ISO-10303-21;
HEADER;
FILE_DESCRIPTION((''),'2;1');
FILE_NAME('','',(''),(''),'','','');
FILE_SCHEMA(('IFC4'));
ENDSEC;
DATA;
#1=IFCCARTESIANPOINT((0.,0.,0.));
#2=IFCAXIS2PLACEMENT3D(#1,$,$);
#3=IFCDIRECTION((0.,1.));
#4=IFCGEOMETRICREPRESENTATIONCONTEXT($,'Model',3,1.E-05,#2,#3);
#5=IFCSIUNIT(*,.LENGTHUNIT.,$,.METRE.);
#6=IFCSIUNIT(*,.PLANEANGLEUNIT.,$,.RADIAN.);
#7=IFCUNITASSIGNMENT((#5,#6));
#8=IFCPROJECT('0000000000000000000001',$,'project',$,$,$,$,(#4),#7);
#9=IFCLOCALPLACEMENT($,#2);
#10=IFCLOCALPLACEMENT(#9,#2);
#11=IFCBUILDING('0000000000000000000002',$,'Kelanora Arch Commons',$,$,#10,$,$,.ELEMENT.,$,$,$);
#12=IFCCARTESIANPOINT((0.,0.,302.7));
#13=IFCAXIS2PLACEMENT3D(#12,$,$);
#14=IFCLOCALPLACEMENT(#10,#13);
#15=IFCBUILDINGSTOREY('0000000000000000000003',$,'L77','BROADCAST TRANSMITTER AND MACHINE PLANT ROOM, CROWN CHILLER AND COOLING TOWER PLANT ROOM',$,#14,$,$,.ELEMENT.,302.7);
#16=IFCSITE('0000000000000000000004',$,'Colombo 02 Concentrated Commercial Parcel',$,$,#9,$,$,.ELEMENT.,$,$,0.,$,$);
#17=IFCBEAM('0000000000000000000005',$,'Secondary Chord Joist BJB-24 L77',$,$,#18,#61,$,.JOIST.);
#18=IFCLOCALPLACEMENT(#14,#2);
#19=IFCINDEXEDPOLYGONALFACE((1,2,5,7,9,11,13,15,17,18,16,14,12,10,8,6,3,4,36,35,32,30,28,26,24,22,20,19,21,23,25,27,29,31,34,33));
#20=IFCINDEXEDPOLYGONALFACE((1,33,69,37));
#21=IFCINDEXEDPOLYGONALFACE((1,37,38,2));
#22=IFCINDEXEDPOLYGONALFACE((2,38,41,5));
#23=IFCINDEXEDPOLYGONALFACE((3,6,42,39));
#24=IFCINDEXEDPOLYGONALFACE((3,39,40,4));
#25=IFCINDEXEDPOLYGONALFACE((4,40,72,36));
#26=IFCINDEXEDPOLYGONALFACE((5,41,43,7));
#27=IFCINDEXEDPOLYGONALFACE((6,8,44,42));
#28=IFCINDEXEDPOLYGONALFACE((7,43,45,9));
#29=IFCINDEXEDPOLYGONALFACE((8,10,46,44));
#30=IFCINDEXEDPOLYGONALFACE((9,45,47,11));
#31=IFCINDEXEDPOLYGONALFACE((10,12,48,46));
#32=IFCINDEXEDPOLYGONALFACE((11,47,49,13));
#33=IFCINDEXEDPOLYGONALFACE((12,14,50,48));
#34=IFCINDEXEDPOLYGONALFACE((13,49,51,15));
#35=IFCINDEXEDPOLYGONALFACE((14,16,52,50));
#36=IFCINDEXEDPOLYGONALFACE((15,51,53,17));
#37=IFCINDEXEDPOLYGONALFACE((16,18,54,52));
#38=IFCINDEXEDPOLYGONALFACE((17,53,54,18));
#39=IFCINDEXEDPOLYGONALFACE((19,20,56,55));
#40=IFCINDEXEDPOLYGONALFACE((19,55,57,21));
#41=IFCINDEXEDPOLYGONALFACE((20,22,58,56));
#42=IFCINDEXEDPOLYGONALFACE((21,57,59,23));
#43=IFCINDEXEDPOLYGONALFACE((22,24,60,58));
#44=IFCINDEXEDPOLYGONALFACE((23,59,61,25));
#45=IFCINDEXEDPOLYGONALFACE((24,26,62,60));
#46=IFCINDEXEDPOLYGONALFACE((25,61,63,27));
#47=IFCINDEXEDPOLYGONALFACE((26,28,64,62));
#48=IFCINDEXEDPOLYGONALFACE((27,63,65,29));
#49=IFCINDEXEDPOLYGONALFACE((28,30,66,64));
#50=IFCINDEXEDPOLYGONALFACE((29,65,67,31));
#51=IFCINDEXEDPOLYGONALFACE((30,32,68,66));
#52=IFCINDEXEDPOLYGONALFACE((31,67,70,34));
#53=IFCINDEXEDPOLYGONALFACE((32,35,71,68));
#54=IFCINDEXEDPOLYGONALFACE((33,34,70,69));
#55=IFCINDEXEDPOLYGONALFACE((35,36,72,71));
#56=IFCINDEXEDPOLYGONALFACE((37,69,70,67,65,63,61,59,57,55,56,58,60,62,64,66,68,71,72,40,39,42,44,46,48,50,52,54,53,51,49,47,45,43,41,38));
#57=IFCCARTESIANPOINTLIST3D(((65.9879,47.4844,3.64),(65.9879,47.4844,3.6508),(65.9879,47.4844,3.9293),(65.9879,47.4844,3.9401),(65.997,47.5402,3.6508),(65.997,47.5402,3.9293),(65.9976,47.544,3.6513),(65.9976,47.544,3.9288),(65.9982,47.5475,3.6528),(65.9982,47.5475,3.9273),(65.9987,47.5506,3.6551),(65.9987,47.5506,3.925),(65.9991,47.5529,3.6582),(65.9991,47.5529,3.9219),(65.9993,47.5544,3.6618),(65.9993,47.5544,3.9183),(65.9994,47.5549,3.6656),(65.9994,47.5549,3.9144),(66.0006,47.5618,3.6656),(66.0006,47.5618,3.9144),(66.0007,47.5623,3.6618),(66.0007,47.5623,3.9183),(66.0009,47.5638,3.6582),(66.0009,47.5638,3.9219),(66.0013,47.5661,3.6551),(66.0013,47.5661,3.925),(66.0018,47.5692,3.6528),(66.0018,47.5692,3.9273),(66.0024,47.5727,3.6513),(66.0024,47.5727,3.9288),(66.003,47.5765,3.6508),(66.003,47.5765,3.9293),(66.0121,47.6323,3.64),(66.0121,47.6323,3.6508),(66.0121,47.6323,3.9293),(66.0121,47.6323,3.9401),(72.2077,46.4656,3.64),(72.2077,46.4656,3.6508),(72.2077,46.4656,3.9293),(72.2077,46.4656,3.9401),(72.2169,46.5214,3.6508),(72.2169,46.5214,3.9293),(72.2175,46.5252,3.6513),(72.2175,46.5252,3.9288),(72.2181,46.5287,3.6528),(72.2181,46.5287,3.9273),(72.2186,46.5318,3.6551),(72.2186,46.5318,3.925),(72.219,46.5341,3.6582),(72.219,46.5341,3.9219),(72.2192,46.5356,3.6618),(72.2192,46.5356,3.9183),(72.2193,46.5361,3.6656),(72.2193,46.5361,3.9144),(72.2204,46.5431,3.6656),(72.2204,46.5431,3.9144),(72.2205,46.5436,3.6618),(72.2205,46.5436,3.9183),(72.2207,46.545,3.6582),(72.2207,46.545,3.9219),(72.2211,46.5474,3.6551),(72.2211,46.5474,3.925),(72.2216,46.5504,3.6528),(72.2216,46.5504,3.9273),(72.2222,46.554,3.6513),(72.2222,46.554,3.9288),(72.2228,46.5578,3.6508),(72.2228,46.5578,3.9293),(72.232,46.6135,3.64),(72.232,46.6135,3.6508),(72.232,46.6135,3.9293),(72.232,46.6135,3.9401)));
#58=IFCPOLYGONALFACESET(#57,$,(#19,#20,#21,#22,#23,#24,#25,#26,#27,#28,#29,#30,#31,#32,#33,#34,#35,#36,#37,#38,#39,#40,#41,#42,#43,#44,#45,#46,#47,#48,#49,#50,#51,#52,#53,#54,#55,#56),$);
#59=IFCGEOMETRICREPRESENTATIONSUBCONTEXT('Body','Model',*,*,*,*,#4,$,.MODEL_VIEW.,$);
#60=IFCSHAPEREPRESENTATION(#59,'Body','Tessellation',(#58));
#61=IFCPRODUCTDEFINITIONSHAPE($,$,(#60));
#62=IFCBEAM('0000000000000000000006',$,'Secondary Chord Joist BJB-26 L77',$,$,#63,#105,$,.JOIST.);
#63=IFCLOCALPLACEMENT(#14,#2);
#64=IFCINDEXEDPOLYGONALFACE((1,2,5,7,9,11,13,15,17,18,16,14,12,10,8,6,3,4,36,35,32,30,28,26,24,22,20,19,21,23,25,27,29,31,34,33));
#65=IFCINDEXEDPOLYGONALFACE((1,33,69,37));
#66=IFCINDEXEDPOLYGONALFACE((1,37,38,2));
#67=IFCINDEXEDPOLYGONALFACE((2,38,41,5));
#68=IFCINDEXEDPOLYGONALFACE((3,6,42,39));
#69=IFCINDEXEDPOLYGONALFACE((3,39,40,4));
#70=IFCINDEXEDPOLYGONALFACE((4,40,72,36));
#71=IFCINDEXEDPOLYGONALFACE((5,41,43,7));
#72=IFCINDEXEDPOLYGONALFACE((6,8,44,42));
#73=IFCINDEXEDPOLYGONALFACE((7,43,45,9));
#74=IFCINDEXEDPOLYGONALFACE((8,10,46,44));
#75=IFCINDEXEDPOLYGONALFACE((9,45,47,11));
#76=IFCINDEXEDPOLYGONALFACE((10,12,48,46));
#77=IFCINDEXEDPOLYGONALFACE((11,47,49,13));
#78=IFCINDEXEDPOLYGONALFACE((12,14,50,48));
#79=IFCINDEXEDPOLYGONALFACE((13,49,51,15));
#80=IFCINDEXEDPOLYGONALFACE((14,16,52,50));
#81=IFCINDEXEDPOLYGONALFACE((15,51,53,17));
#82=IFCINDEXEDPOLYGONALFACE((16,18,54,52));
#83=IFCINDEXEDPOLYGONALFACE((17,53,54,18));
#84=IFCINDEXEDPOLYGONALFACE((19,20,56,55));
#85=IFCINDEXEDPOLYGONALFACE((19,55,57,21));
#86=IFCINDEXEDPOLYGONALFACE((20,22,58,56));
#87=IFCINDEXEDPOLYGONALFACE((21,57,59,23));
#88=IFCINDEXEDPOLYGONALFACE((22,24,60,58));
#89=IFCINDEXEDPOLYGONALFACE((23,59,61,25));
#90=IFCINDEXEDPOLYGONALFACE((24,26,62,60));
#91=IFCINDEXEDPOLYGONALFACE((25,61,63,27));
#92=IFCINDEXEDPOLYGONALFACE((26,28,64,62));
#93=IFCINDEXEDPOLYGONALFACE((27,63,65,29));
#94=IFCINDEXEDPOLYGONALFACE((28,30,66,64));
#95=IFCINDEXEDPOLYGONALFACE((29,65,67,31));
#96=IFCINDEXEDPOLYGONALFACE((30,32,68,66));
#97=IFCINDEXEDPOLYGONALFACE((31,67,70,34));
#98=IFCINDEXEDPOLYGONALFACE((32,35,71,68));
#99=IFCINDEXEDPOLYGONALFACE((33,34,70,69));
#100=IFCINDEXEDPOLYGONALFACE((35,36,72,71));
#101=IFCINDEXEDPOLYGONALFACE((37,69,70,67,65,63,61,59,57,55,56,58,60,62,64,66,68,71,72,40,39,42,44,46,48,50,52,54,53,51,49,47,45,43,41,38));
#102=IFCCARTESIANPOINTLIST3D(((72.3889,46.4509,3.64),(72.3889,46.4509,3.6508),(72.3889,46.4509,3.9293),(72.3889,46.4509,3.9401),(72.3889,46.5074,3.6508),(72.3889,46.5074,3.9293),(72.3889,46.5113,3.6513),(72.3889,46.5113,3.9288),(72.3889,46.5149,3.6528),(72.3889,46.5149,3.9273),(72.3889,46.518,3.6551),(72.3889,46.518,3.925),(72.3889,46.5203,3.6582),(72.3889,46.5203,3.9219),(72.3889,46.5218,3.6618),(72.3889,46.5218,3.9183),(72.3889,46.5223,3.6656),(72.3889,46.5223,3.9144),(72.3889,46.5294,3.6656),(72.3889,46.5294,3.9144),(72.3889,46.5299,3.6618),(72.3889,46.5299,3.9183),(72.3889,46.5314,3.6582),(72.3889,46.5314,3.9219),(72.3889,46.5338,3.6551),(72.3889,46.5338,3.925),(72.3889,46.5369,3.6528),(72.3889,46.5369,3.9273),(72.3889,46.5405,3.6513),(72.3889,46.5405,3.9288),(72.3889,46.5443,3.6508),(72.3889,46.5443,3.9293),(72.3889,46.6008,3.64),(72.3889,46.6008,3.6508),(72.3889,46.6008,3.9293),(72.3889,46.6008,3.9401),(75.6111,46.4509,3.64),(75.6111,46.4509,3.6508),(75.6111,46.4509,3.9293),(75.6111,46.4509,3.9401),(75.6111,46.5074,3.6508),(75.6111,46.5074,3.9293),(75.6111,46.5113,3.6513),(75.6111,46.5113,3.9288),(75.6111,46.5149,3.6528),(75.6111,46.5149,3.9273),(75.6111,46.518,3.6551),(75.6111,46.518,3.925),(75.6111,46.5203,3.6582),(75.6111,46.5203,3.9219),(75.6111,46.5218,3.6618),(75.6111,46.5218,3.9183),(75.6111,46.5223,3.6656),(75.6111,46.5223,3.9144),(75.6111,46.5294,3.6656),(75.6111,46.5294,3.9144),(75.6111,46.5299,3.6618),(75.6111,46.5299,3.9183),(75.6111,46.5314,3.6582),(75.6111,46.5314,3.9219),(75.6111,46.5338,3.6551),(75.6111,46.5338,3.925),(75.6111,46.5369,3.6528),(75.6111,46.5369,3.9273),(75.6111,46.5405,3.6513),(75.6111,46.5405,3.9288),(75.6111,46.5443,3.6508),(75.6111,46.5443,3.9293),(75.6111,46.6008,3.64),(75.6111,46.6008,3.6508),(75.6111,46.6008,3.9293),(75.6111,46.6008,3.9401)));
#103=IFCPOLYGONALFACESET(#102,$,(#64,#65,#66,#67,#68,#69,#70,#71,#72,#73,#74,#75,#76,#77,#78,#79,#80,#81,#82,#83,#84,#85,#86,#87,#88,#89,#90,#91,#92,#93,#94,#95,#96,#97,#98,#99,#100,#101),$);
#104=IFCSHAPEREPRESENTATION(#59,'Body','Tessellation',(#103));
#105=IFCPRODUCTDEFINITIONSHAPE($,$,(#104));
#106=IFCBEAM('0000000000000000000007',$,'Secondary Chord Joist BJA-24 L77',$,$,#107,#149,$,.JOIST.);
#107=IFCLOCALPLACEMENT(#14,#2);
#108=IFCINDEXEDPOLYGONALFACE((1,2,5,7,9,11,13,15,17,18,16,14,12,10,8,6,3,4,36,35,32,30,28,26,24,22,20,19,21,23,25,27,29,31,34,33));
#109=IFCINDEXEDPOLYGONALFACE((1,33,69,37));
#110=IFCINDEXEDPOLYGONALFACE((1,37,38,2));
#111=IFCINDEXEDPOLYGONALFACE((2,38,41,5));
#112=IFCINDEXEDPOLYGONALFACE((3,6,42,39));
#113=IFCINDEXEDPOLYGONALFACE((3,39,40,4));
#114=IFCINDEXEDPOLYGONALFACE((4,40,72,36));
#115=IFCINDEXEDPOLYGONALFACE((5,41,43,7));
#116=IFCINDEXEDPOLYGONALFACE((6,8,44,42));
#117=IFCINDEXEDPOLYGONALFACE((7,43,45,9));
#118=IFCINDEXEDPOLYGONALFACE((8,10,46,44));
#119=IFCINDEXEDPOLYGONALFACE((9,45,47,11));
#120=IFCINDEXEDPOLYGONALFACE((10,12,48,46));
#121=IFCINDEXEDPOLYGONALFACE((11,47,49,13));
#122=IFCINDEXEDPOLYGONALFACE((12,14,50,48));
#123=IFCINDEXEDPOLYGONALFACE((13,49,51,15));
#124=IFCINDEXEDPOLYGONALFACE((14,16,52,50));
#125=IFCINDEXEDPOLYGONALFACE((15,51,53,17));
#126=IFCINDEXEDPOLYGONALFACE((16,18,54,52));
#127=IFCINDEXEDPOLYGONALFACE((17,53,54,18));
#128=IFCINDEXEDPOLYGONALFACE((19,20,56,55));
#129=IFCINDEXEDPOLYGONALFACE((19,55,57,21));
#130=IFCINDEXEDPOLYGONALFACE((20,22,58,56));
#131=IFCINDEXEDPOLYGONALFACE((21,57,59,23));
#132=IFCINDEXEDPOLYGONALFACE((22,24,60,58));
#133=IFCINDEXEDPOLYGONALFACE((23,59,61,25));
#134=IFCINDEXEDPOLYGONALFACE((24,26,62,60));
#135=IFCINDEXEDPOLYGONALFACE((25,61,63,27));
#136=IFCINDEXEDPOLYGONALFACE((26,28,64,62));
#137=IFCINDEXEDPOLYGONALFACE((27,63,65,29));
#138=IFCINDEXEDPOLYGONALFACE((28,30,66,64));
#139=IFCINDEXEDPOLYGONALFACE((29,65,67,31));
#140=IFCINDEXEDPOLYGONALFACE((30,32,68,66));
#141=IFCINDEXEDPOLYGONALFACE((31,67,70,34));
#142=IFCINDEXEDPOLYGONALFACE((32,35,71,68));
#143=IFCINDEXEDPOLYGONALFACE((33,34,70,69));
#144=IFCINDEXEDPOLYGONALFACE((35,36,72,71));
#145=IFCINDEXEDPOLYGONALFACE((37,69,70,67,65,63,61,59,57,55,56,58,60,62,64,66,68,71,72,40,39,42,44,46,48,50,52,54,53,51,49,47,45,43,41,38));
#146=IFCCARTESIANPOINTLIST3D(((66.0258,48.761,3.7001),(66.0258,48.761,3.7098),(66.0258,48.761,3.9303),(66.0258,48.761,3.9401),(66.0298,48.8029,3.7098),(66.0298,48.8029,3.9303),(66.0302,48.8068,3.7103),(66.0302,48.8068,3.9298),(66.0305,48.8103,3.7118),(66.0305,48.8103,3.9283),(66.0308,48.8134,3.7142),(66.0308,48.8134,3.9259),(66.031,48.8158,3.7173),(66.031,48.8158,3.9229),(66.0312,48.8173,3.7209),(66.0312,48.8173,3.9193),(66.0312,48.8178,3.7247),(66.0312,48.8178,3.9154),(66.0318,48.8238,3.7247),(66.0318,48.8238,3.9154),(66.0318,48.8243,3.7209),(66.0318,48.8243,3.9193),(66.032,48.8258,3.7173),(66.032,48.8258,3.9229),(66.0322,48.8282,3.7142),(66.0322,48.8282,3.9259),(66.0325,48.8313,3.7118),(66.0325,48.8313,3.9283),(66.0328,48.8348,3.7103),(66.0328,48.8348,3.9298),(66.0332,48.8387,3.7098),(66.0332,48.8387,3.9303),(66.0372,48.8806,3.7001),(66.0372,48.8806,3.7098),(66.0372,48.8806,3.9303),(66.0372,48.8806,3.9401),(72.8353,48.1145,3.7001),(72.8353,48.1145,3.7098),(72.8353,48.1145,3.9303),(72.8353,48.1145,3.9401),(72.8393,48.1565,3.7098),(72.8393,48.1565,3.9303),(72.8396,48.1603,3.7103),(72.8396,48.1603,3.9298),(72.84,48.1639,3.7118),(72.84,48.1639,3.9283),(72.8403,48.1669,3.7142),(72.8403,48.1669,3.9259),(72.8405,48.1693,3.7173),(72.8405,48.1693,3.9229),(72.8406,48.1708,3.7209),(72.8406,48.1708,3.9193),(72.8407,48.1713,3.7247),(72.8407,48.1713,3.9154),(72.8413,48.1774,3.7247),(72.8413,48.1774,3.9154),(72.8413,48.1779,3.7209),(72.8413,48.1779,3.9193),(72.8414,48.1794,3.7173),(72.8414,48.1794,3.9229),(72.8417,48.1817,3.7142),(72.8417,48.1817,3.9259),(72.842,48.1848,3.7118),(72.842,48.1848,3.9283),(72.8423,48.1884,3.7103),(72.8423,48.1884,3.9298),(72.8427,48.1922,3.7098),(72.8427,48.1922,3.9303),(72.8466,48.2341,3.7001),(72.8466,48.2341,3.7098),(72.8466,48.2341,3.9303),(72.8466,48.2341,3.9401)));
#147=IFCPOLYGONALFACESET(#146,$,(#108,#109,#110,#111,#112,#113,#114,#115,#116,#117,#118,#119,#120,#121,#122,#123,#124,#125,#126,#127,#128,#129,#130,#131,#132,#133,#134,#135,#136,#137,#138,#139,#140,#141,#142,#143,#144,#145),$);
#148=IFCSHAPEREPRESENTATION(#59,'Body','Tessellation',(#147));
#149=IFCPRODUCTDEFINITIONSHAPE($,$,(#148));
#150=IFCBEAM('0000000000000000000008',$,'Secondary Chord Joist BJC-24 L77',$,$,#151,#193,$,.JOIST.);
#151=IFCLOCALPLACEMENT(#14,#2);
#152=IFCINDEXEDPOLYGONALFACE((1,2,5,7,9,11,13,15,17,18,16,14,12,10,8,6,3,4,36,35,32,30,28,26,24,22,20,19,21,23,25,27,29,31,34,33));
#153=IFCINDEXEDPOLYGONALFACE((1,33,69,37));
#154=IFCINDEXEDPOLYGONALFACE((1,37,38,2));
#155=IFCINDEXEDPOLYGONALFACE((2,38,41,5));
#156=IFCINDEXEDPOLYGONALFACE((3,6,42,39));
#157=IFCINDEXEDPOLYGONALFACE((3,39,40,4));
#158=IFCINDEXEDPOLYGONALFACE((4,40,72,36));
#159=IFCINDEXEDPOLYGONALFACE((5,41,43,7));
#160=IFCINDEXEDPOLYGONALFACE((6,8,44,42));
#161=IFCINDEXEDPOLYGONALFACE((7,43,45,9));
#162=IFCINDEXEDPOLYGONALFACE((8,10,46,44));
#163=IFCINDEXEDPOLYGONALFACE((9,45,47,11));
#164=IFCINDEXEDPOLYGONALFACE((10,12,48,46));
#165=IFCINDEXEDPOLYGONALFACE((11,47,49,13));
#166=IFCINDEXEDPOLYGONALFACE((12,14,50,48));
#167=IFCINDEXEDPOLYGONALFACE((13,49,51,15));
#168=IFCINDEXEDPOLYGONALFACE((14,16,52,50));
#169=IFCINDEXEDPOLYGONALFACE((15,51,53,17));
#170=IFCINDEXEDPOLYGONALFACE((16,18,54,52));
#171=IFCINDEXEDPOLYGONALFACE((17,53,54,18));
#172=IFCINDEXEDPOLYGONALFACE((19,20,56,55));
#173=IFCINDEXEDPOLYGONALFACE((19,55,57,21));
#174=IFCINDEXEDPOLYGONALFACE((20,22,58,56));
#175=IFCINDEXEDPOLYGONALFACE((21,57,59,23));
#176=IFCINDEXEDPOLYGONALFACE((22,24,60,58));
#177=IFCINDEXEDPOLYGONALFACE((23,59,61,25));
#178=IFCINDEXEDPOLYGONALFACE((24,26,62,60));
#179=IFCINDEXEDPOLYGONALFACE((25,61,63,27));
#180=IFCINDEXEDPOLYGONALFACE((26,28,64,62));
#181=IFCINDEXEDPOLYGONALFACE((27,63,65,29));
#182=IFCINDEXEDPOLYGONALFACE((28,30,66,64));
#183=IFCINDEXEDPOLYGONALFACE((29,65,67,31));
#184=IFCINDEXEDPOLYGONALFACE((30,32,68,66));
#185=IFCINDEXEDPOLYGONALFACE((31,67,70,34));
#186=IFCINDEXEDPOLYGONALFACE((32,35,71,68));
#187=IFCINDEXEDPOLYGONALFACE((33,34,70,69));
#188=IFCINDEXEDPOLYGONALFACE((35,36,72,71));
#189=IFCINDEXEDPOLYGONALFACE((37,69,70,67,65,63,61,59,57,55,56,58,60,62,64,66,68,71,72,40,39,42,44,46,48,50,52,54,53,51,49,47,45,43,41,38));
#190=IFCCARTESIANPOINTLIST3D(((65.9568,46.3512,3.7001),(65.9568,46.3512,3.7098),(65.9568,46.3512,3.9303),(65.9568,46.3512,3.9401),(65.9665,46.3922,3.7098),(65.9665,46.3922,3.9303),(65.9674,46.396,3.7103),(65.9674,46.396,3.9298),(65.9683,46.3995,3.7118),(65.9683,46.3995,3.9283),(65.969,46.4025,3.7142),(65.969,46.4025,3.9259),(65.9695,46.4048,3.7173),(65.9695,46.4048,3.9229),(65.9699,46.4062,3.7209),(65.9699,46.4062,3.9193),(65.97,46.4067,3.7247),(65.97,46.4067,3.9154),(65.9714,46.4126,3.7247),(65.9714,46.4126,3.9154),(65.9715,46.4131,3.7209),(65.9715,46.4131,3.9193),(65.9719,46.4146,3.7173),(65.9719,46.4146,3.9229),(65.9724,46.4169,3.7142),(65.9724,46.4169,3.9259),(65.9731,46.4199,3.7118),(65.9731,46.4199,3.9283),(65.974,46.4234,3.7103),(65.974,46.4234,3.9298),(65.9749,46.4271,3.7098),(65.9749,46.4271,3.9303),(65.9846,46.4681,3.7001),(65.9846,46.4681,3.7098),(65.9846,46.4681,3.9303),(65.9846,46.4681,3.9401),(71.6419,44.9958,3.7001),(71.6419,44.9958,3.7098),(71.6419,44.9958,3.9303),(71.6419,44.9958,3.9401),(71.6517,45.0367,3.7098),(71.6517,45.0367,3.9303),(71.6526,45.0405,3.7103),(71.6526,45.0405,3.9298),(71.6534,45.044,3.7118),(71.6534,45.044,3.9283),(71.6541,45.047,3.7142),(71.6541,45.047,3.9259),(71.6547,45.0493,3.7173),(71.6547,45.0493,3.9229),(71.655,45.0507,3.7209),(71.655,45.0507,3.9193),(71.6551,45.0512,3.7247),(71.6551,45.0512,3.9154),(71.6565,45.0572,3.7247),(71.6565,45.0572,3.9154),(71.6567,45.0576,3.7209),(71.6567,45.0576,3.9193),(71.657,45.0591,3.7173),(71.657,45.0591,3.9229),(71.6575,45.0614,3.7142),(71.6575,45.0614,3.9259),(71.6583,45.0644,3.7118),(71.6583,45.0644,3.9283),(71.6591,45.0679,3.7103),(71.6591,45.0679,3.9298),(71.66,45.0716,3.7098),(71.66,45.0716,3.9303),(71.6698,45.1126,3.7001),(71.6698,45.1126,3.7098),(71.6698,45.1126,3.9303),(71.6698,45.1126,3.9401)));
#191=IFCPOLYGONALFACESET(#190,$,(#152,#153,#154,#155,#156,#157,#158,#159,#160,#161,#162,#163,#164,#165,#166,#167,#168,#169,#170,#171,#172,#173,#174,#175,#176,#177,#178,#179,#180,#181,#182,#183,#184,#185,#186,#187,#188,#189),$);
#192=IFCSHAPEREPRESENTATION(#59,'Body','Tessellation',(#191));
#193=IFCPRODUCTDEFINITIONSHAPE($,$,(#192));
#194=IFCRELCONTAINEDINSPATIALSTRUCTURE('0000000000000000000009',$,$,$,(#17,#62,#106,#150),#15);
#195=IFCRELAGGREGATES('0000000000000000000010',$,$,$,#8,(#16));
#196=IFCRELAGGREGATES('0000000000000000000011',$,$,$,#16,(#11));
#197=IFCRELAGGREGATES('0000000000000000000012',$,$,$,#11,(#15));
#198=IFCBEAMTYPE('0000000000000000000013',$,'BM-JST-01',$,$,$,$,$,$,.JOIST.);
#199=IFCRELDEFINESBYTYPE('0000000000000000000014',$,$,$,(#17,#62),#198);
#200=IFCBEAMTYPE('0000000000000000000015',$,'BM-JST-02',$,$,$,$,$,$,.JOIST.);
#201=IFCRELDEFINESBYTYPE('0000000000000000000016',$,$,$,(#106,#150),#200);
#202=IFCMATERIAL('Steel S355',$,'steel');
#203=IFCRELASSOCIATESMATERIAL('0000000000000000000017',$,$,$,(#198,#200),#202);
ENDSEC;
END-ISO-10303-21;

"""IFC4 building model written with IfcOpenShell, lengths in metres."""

from ifc_helpers import new_model, si_unit, direction, frame, origin, origin_2d, place, context, subcontext, project, spatial, i_section, extrude, material, material_profile, profile_set, type_object, element, save


model = new_model("IFC4")

# Units and contexts
model_context = context("Model", 3, precision=1e-05, world=origin(), true_north=direction((0.0, 1.0)))
body_context = subcontext(model_context, "Body", "Model", "MODEL_VIEW")
ifc_project = project(units=[si_unit("LENGTHUNIT", "METRE"), si_unit("PLANEANGLEUNIT", "RADIAN")], contexts=[model_context])

# Site, building, storey
site_placement = place(None, origin())
site = spatial("IfcSite", under=ifc_project, at=site_placement, Name="Colombo 02 Concentrated Commercial Parcel", CompositionType="ELEMENT", RefElevation=0.0)
building_placement = place(site_placement, origin())
building = spatial("IfcBuilding", under=site, at=building_placement, Name="Kelanora Arch Commons", CompositionType="ELEMENT")
storey_placement = place(building_placement, frame((0.0, 0.0, 302.7)))
storey = spatial("IfcBuildingStorey", under=building, at=storey_placement, Name="L77", Description="BROADCAST TRANSMITTER AND MACHINE PLANT ROOM, CROWN CHILLER AND COOLING TOWER PLANT ROOM", CompositionType="ELEMENT", Elevation=302.7)

# Beams
ifc_material_1 = material(Name="Steel S355", Category="steel")
ifc_material_profile_1 = material_profile(ifc_material_1, i_section(OverallWidth=0.1499, OverallDepth=0.3, WebThickness=0.0071, FlangeThickness=0.0107, FilletRadius=0.0149, at=origin_2d()), Name="IPE300")
ifc_profile_set_1 = profile_set([ifc_material_profile_1], Name="Steel S355")
beam_type_1 = type_object("IfcBeamType", Name="BM-JST-01", PredefinedType="JOIST", material=ifc_profile_set_1)
beam_1_placement = place(storey_placement, frame((66.0, 47.5583, 3.79), z_axis=(0.98685, -0.161641, 0.0), x_axis=(0.161641, 0.98685, 0.0)))
element("IfcBeam", 1, at=beam_1_placement, inside=storey, type_object=beam_type_1, Name="Secondary Chord Joist BJB-24 L77", PredefinedType="JOIST", context=body_context, shape_type="SweptSolid", body=[
    extrude(i_section(OverallWidth=0.1499, OverallDepth=0.3, WebThickness=0.0071, FlangeThickness=0.0107, FilletRadius=0.0149, at=origin_2d()), origin(), (0.0, 0.0, 1.0), 6.3027),
])
beam_2_placement = place(storey_placement, frame((72.3889, 46.5259, 3.79), z_axis=(1.0, 0.0, 0.0), x_axis=(0.0, 1.0, 0.0)))
element("IfcBeam", 2, at=beam_2_placement, inside=storey, type_object=beam_type_1, Name="Secondary Chord Joist BJB-26 L77", PredefinedType="JOIST", context=body_context, shape_type="SweptSolid", body=[
    extrude(i_section(OverallWidth=0.1499, OverallDepth=0.3, WebThickness=0.0071, FlangeThickness=0.0107, FilletRadius=0.0149, at=origin_2d()), origin(), (0.0, 0.0, 1.0), 3.2222),
])
ifc_material_profile_2 = material_profile(ifc_material_1, i_section(OverallWidth=0.1201, OverallDepth=0.24, WebThickness=0.0061, FlangeThickness=0.0098, FilletRadius=0.0149, at=origin_2d()), Name="IPE240")
ifc_profile_set_2 = profile_set([ifc_material_profile_2], Name="Steel S355")
beam_type_2 = type_object("IfcBeamType", Name="BM-JST-02", PredefinedType="JOIST", material=ifc_profile_set_2)
beam_3_placement = place(storey_placement, frame((66.0315, 48.8208, 3.8201), z_axis=(0.995524, -0.094513, 0.0), x_axis=(0.094513, 0.995524, 0.0)))
element("IfcBeam", 3, at=beam_3_placement, inside=storey, type_object=beam_type_2, Name="Secondary Chord Joist BJA-24 L77", PredefinedType="JOIST", context=body_context, shape_type="SweptSolid", body=[
    extrude(i_section(OverallWidth=0.1201, OverallDepth=0.24, WebThickness=0.0061, FlangeThickness=0.0098, FilletRadius=0.0149, at=origin_2d()), origin(), (0.0, 0.0, 1.0), 6.8401),
])
beam_4_placement = place(storey_placement, frame((65.9707, 46.4097, 3.8201), z_axis=(0.972734, -0.231925, 0.0), x_axis=(0.231925, 0.972734, 0.0)))
element("IfcBeam", 4, at=beam_4_placement, inside=storey, type_object=beam_type_2, Name="Secondary Chord Joist BJC-24 L77", PredefinedType="JOIST", context=body_context, shape_type="SweptSolid", body=[
    extrude(i_section(OverallWidth=0.1201, OverallDepth=0.24, WebThickness=0.0061, FlangeThickness=0.0098, FilletRadius=0.0149, at=origin_2d()), origin(), (0.0, 0.0, 1.0), 5.8445),
])

save(model, "model.ifc")
